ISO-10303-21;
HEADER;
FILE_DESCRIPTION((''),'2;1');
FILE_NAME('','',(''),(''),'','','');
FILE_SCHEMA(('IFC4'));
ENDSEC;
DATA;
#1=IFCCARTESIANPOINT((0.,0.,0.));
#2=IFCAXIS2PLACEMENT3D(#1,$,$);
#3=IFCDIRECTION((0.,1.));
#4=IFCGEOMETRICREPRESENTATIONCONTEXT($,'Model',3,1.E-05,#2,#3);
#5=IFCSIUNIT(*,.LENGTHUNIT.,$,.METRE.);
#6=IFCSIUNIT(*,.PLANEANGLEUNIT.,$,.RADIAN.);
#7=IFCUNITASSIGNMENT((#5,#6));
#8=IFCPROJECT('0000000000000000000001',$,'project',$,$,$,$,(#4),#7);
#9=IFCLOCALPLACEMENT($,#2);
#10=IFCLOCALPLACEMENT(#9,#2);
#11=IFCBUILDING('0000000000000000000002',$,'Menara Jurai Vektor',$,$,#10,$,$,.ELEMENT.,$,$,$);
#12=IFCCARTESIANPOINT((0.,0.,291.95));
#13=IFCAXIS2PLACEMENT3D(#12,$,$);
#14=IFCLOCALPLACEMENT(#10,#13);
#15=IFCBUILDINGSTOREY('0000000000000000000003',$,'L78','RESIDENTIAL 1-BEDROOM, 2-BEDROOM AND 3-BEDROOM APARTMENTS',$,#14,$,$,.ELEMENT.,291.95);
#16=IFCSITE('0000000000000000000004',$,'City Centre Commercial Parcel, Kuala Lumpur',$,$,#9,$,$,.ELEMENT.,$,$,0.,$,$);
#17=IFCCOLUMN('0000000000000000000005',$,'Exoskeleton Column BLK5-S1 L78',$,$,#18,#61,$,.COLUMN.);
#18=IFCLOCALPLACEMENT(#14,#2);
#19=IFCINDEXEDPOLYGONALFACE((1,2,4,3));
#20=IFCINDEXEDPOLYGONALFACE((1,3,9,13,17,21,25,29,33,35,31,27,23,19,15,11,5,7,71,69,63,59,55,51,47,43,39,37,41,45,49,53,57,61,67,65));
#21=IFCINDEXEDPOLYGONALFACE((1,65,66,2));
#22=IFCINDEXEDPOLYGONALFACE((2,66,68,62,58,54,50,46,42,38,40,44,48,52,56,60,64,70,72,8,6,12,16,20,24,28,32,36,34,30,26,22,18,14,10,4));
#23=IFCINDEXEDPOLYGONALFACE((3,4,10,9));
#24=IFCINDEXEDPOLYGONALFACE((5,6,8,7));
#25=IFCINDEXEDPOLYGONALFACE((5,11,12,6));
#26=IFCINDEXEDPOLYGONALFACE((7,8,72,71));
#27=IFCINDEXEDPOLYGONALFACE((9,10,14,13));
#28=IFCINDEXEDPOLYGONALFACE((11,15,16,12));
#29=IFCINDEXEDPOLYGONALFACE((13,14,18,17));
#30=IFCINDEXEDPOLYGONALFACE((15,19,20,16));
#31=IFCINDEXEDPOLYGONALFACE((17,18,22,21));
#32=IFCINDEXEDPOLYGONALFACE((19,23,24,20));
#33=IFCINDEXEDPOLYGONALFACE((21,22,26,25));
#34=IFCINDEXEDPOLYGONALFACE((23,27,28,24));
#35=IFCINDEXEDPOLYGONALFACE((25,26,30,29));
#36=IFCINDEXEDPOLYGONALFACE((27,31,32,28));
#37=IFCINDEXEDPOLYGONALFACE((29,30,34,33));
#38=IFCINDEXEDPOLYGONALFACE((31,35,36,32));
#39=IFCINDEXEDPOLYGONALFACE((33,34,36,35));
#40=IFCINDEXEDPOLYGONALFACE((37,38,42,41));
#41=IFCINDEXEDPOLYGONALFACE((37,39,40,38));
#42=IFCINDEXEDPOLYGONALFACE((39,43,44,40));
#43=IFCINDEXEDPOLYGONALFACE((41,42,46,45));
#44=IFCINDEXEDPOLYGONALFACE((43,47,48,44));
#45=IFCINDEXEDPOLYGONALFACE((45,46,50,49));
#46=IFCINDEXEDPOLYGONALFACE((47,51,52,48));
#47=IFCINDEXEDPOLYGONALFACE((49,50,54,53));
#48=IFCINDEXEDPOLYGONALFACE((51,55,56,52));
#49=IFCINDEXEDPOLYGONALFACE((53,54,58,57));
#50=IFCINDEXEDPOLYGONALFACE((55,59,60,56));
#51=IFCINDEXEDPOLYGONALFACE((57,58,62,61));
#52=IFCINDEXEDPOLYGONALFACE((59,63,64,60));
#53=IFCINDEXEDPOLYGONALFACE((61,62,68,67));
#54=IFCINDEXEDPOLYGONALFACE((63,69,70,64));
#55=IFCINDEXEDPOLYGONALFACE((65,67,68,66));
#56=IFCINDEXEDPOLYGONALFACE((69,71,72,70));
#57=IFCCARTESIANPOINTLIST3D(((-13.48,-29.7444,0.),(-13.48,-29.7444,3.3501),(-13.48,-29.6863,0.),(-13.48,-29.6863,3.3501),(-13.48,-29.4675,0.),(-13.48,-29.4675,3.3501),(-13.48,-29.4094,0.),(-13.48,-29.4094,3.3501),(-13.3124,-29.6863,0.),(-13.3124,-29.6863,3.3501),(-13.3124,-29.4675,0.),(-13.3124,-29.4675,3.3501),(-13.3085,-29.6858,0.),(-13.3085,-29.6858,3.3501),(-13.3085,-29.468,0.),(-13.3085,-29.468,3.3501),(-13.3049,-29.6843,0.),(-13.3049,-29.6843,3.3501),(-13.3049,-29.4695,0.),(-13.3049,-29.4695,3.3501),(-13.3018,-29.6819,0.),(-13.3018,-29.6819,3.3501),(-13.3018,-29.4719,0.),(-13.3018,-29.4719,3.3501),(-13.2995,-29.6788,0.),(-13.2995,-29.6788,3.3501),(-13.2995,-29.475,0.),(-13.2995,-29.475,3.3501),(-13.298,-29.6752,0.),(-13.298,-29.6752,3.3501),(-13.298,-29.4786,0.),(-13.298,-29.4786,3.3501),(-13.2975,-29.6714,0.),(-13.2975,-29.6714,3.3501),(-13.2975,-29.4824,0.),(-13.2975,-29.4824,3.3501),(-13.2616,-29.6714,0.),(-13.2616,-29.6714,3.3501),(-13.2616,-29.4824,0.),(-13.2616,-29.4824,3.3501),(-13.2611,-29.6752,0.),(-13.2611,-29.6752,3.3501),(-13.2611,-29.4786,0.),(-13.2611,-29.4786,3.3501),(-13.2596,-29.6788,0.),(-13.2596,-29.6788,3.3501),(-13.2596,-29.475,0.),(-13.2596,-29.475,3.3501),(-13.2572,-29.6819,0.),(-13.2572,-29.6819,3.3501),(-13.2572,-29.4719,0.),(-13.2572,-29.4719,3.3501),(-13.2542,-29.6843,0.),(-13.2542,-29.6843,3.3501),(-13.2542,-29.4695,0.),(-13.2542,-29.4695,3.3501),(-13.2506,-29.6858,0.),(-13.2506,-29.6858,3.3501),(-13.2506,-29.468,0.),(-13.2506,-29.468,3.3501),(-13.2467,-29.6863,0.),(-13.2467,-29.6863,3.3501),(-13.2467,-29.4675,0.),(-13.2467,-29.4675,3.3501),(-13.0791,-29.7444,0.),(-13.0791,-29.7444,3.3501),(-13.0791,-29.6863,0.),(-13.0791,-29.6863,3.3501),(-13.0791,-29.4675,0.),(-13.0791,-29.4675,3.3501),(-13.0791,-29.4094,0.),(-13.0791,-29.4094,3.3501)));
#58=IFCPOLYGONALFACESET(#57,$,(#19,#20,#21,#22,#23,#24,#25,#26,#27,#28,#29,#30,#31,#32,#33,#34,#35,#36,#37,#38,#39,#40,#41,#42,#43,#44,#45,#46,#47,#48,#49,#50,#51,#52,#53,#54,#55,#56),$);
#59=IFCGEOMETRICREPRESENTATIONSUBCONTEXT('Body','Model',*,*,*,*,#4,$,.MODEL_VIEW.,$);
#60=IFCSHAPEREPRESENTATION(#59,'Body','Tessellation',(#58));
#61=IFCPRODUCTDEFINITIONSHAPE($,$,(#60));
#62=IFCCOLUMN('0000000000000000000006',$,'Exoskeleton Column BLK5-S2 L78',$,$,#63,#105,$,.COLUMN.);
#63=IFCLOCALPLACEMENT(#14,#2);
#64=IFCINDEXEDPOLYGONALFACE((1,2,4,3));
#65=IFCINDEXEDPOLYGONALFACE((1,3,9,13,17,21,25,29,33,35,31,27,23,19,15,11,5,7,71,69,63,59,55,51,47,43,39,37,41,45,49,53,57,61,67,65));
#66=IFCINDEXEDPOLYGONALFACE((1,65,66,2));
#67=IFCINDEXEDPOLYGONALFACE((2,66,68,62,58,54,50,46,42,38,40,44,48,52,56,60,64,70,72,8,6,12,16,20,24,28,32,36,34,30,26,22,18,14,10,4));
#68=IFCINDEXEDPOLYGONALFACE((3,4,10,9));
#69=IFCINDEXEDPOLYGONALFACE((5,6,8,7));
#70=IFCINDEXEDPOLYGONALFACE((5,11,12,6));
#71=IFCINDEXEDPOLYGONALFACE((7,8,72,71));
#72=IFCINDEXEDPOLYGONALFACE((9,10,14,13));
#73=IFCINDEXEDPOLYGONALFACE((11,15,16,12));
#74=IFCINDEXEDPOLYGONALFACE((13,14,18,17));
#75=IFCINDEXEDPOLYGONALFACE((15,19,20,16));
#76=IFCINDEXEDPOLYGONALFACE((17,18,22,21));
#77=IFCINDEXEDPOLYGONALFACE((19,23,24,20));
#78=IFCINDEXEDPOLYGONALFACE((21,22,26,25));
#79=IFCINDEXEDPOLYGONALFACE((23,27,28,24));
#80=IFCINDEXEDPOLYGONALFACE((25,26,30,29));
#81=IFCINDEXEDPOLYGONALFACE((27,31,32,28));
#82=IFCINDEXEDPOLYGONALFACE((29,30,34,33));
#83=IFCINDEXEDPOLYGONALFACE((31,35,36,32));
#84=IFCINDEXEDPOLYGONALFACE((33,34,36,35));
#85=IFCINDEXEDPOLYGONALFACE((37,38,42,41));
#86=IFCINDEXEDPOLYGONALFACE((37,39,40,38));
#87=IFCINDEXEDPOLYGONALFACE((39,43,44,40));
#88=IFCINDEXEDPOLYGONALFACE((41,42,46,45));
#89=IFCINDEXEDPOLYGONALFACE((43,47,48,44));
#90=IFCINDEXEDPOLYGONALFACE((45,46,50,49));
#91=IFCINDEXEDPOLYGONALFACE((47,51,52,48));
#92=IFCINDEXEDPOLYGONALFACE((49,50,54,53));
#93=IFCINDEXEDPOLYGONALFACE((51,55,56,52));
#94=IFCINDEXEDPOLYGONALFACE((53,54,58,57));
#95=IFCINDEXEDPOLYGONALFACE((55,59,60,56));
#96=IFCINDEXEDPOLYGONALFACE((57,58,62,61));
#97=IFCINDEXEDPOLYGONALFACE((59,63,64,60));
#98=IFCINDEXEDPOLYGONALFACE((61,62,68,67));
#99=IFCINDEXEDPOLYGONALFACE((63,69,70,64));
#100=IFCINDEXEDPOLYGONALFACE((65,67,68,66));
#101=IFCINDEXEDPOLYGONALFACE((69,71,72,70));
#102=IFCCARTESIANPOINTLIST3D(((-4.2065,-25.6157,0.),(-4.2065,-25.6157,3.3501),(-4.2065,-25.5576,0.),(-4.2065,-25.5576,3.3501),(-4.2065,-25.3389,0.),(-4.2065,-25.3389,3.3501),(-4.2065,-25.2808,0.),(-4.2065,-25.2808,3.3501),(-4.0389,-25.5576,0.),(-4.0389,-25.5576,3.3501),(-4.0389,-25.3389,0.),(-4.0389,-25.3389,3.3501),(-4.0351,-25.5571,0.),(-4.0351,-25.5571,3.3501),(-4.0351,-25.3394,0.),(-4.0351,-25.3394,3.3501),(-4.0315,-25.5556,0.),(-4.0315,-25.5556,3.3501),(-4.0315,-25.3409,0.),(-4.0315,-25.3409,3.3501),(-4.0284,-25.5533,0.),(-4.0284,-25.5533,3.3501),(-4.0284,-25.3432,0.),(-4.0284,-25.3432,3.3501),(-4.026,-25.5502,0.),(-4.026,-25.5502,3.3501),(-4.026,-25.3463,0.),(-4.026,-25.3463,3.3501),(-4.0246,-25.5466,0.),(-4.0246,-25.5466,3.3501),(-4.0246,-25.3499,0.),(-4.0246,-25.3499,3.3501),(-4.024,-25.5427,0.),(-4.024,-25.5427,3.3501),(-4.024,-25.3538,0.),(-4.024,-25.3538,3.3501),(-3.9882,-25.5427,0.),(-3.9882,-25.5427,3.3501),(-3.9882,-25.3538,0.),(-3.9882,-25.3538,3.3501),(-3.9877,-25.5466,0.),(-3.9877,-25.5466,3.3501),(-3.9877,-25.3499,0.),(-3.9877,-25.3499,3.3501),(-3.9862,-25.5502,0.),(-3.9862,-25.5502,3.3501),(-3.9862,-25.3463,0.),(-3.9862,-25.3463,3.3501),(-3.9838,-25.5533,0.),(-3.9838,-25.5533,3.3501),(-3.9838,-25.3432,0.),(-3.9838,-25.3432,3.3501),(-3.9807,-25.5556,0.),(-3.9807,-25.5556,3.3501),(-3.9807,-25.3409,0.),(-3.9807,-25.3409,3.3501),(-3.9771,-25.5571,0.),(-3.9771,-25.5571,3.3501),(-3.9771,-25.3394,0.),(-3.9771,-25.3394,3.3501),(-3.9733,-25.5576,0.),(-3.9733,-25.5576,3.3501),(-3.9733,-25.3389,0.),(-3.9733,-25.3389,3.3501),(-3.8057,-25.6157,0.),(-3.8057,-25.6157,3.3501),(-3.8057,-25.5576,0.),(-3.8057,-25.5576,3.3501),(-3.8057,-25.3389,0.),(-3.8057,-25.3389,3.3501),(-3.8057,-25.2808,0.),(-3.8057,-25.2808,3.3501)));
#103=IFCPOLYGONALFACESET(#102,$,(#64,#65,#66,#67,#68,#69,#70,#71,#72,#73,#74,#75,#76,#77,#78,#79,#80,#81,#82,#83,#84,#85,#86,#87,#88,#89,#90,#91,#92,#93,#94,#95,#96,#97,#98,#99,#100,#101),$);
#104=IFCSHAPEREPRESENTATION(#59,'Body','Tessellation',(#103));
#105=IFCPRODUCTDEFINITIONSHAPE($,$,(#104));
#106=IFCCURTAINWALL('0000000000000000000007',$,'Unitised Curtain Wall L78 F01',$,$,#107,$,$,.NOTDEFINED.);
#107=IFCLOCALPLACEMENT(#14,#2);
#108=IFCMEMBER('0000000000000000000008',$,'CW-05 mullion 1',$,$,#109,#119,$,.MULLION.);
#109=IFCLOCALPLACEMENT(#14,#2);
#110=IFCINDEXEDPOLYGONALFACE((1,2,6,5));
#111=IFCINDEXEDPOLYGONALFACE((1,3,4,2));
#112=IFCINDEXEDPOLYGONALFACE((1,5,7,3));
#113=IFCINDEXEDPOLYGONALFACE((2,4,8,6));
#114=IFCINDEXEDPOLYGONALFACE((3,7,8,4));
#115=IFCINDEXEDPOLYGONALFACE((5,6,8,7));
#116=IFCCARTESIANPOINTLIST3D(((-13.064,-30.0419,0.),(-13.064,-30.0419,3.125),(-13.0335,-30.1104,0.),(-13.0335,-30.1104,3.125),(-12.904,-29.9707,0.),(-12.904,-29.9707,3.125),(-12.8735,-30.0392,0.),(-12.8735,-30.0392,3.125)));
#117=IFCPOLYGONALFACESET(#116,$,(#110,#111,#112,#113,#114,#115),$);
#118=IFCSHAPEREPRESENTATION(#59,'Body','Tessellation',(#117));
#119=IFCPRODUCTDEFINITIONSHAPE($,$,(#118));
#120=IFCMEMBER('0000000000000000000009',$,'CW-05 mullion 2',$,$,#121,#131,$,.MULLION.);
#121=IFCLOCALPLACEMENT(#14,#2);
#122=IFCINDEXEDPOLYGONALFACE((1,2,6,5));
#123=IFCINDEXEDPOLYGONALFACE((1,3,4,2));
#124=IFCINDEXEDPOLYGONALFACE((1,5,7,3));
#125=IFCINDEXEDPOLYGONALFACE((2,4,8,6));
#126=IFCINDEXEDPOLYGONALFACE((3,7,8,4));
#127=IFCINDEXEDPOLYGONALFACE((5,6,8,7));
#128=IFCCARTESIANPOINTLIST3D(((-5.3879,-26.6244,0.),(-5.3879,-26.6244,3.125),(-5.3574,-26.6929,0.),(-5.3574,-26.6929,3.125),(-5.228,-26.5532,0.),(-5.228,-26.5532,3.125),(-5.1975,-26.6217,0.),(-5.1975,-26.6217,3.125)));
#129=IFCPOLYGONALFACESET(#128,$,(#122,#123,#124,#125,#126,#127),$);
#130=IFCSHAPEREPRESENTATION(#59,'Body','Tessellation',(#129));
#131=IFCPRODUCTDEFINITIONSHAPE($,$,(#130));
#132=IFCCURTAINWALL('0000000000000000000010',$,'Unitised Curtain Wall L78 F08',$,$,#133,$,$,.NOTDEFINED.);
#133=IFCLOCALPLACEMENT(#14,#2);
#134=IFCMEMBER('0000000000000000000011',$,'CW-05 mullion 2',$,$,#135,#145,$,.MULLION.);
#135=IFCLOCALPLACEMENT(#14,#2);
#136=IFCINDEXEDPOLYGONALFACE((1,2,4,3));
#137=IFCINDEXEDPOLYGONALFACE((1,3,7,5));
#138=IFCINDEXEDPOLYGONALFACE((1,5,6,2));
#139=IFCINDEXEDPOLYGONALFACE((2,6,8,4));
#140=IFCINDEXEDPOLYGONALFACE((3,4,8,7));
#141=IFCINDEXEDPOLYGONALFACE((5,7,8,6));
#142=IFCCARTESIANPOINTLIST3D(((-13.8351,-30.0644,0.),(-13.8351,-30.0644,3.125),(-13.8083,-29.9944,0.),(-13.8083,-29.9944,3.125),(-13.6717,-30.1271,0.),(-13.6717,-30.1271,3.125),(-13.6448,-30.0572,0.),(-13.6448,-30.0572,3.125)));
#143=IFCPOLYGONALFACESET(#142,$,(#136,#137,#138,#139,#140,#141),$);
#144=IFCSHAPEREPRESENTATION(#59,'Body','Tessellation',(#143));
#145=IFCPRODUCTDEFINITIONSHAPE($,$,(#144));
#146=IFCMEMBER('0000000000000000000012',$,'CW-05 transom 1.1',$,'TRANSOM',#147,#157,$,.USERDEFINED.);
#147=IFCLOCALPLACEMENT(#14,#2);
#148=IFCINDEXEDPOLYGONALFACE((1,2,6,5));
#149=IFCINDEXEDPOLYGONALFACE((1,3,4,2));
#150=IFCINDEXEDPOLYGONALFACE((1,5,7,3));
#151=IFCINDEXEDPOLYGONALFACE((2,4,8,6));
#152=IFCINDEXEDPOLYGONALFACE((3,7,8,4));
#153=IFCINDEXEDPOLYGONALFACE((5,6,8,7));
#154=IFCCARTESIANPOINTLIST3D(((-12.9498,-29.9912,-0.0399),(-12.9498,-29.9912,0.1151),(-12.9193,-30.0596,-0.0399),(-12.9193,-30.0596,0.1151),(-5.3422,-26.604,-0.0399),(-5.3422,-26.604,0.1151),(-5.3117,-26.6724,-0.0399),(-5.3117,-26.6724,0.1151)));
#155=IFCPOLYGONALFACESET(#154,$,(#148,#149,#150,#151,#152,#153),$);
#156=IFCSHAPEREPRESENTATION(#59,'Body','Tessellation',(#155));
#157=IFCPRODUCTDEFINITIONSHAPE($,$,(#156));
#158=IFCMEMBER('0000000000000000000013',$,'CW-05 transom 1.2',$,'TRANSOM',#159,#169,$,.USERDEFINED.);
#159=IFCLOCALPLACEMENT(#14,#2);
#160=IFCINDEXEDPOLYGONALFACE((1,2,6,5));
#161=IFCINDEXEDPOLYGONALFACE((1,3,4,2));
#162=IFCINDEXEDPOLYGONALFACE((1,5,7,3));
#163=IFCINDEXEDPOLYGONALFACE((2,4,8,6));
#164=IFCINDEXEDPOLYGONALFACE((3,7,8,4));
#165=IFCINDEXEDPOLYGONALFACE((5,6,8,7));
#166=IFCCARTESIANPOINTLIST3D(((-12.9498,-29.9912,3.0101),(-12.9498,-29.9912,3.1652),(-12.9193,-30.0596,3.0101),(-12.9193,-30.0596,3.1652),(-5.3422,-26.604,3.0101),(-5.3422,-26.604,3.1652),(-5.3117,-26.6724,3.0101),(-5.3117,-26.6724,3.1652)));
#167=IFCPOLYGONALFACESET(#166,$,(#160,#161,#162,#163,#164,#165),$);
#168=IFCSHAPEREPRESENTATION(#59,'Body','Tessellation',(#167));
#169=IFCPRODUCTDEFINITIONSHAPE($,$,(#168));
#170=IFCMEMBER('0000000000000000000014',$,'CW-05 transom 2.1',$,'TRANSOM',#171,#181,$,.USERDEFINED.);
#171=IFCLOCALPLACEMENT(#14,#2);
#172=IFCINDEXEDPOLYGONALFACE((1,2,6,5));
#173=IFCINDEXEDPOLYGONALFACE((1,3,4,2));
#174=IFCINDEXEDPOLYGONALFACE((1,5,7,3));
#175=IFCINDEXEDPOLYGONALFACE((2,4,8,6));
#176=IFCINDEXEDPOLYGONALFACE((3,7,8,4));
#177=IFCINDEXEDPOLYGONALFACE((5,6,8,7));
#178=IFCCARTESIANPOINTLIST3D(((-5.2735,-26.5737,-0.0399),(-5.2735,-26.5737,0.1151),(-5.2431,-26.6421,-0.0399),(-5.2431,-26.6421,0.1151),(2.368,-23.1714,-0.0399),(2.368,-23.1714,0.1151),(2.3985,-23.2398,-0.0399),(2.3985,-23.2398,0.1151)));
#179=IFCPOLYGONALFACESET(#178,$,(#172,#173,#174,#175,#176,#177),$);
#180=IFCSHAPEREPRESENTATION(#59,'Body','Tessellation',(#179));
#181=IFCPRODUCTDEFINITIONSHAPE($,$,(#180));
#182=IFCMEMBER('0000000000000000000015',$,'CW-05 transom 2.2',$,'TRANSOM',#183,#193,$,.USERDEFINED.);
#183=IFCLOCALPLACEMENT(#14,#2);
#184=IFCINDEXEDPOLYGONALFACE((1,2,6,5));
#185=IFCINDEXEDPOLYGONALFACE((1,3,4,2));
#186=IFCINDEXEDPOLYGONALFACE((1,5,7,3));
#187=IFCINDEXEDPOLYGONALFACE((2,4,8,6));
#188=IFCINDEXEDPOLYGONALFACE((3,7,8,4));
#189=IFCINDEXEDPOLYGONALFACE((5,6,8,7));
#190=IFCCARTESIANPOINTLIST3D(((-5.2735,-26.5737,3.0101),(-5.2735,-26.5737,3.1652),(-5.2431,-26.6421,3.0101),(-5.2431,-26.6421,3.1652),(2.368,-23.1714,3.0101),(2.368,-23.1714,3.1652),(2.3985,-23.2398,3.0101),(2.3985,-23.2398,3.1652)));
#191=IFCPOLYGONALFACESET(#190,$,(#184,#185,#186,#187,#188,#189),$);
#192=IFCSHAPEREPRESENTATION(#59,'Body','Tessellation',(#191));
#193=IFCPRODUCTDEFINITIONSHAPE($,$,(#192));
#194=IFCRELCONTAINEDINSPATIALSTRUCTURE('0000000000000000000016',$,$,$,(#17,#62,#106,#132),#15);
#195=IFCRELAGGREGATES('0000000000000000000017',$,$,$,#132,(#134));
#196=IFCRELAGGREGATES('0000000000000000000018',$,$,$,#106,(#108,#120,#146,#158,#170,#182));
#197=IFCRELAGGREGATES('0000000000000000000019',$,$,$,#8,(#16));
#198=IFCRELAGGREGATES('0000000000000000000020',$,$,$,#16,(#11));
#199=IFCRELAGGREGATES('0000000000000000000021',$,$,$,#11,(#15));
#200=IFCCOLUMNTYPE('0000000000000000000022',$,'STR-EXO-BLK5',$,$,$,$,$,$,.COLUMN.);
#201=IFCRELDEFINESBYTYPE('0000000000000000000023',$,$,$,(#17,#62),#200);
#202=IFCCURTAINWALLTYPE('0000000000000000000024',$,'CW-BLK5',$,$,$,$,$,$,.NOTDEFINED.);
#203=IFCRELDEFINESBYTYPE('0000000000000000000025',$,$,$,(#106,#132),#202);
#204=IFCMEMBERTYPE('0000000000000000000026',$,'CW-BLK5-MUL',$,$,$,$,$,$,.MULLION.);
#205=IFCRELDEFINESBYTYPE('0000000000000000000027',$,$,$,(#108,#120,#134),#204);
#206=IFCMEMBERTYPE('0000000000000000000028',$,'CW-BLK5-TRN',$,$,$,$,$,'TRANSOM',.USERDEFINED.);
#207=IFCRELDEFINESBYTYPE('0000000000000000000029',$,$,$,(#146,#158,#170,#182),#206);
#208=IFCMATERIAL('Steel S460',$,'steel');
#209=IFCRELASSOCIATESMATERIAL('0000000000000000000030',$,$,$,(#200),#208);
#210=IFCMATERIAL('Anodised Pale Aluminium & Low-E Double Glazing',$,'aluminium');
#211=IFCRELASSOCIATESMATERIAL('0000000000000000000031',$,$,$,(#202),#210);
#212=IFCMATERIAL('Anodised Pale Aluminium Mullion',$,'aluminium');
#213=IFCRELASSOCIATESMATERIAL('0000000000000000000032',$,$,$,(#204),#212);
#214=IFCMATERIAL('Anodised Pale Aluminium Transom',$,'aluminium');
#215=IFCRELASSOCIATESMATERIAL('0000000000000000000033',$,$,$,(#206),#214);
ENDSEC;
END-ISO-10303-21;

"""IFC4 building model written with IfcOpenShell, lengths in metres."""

from ifc_helpers import new_model, si_unit, direction, frame, origin, origin_2d, place, context, subcontext, project, spatial, rectangle, i_section, extrude, material, material_profile, profile_set, type_object, element, aggregate, save


model = new_model("IFC4")

# Units and contexts
model_context = context("Model", 3, precision=1e-05, world=origin(), true_north=direction((0.0, 1.0)))
body_context = subcontext(model_context, "Body", "Model", "MODEL_VIEW")
ifc_project = project(units=[si_unit("LENGTHUNIT", "METRE"), si_unit("PLANEANGLEUNIT", "RADIAN")], contexts=[model_context])

# Site, building, storey
site_placement = place(None, origin())
site = spatial("IfcSite", under=ifc_project, at=site_placement, Name="City Centre Commercial Parcel, Kuala Lumpur", CompositionType="ELEMENT", RefElevation=0.0)
building_placement = place(site_placement, origin())
building = spatial("IfcBuilding", under=site, at=building_placement, Name="Menara Jurai Vektor", CompositionType="ELEMENT")
storey_placement = place(building_placement, frame((0.0, 0.0, 291.95)))
storey = spatial("IfcBuildingStorey", under=building, at=storey_placement, Name="L78", Description="RESIDENTIAL 1-BEDROOM, 2-BEDROOM AND 3-BEDROOM APARTMENTS", CompositionType="ELEMENT", Elevation=291.95)

# Columns
ifc_material_1 = material(Name="Steel S460", Category="steel")
ifc_material_profile_1 = material_profile(ifc_material_1, i_section(OverallWidth=0.4009, OverallDepth=0.335, WebThickness=0.0359, FlangeThickness=0.0581, FilletRadius=0.0149, at=origin_2d()), Name="HD 400x463")
ifc_profile_set_1 = profile_set([ifc_material_profile_1], Name="Steel S460")
column_type = type_object("IfcColumnType", Name="STR-EXO-BLK5", PredefinedType="COLUMN", material=ifc_profile_set_1)
for number, where, z_axis, x_axis, name in (
    (1, (-13.2795, -29.5769, 0.0), (0.0, 0.0, 1.0), (1.0, 0.0, 0.0), "Exoskeleton Column BLK5-S1 L78"),
    (2, (-4.0061, -25.4482, 0.0), (0.0, 0.0, 1.0), (1.0, 0.0, 0.0), "Exoskeleton Column BLK5-S2 L78"),
):
    element("IfcColumn", number, at=place(storey_placement, frame(where, z_axis=z_axis, x_axis=x_axis)), inside=storey, type_object=column_type, Name=name, PredefinedType="COLUMN", context=body_context, shape_type="SweptSolid", body=[
        extrude(i_section(OverallWidth=0.4009, OverallDepth=0.335, WebThickness=0.0359, FlangeThickness=0.0581, FilletRadius=0.0149, at=origin_2d()), origin(), (0.0, 0.0, 1.0), 3.3501),
    ])

# Curtain wall, members
ifc_material_2 = material(Name="Anodised Pale Aluminium & Low-E Double Glazing", Category="aluminium")
curtain_wall_type = type_object("IfcCurtainWallType", Name="CW-BLK5", PredefinedType="NOTDEFINED", material=ifc_material_2)
curtain_wall_1_placement = place(storey_placement, origin())
curtain_wall_1 = element("IfcCurtainWall", 3, at=curtain_wall_1_placement, inside=storey, type_object=curtain_wall_type, Name="Unitised Curtain Wall L78 F01", PredefinedType="NOTDEFINED")
ifc_material_3 = material(Name="Anodised Pale Aluminium Mullion", Category="aluminium")
ifc_material_profile_2 = material_profile(ifc_material_3, rectangle(XDim=0.075, YDim=0.175, at=origin_2d()), Name="ALU MUL 75x175")
ifc_profile_set_2 = profile_set([ifc_material_profile_2], Name="Anodised Pale Aluminium Mullion")
member_type_1 = type_object("IfcMemberType", Name="CW-BLK5-MUL", PredefinedType="MULLION", material=ifc_profile_set_2)
member_1_placement = place(storey_placement, frame((-12.9688, -30.0405, 0.0), z_axis=(0.0, 0.0, 1.0), x_axis=(-0.406735, 0.913546, 0.0)))
member_1 = element("IfcMember", 4, at=member_1_placement, type_object=member_type_1, Name="CW-05 mullion 1", PredefinedType="MULLION", context=body_context, shape_type="SweptSolid", body=[
    extrude(rectangle(XDim=0.075, YDim=0.175, at=origin_2d()), origin(), (0.0, 0.0, 1.0), 3.125),
])
member_2_placement = place(storey_placement, frame((-5.2927, -26.623, 0.0), z_axis=(0.0, 0.0, 1.0), x_axis=(-0.406735, 0.913546, 0.0)))
member_2 = element("IfcMember", 5, at=member_2_placement, type_object=member_type_1, Name="CW-05 mullion 2", PredefinedType="MULLION", context=body_context, shape_type="SweptSolid", body=[
    extrude(rectangle(XDim=0.075, YDim=0.175, at=origin_2d()), origin(), (0.0, 0.0, 1.0), 3.125),
])

# Curtain wall, member
curtain_wall_2_placement = place(storey_placement, origin())
curtain_wall_2 = element("IfcCurtainWall", 6, at=curtain_wall_2_placement, inside=storey, type_object=curtain_wall_type, Name="Unitised Curtain Wall L78 F08", PredefinedType="NOTDEFINED")
member_3_placement = place(storey_placement, frame((-13.74, -30.0608, 0.0), z_axis=(0.0, 0.0, 1.0), x_axis=(0.358374, 0.933578, 0.0)))
member_3 = element("IfcMember", 7, at=member_3_placement, type_object=member_type_1, Name="CW-05 mullion 2", PredefinedType="MULLION", context=body_context, shape_type="SweptSolid", body=[
    extrude(rectangle(XDim=0.075, YDim=0.175, at=origin_2d()), origin(), (0.0, 0.0, 1.0), 3.125),
])
aggregate(curtain_wall_2, [member_3])

# Members
ifc_material_4 = material(Name="Anodised Pale Aluminium Transom", Category="aluminium")
ifc_material_profile_3 = material_profile(ifc_material_4, rectangle(XDim=0.075, YDim=0.155, at=origin_2d()), Name="ALU TRN 75x155")
ifc_profile_set_3 = profile_set([ifc_material_profile_3], Name="Anodised Pale Aluminium Transom")
member_type_2 = type_object("IfcMemberType", Name="CW-BLK5-TRN", ElementType="TRANSOM", PredefinedType="USERDEFINED", material=ifc_profile_set_3)
member_4_placement = place(storey_placement, frame((-12.9346, -30.0254, 0.0376), z_axis=(0.913543, 0.406742, 0.0), x_axis=(-0.406742, 0.913543, 0.0)))
member_4 = element("IfcMember", 8, at=member_4_placement, type_object=member_type_2, Name="CW-05 transom 1.1", ObjectType="TRANSOM", PredefinedType="USERDEFINED", context=body_context, shape_type="SweptSolid", body=[
    extrude(rectangle(XDim=0.075, YDim=0.155, at=origin_2d()), origin(), (0.0, 0.0, 1.0), 8.3276),
])
member_5_placement = place(storey_placement, frame((-12.9346, -30.0254, 3.0876), z_axis=(0.913543, 0.406742, 0.0), x_axis=(-0.406742, 0.913543, 0.0)))
member_5 = element("IfcMember", 9, at=member_5_placement, type_object=member_type_2, Name="CW-05 transom 1.2", ObjectType="TRANSOM", PredefinedType="USERDEFINED", context=body_context, shape_type="SweptSolid", body=[
    extrude(rectangle(XDim=0.075, YDim=0.155, at=origin_2d()), origin(), (0.0, 0.0, 1.0), 8.3276),
])
member_6_placement = place(storey_placement, frame((-5.2583, -26.6079, 0.0376), z_axis=(0.913542, 0.406745, 0.0), x_axis=(-0.406745, 0.913542, 0.0)))
member_6 = element("IfcMember", 10, at=member_6_placement, type_object=member_type_2, Name="CW-05 transom 2.1", ObjectType="TRANSOM", PredefinedType="USERDEFINED", context=body_context, shape_type="SweptSolid", body=[
    extrude(rectangle(XDim=0.075, YDim=0.155, at=origin_2d()), origin(), (0.0, 0.0, 1.0), 8.3647),
])
member_7_placement = place(storey_placement, frame((-5.2583, -26.6079, 3.0876), z_axis=(0.913542, 0.406745, 0.0), x_axis=(-0.406745, 0.913542, 0.0)))
member_7 = element("IfcMember", 11, at=member_7_placement, type_object=member_type_2, Name="CW-05 transom 2.2", ObjectType="TRANSOM", PredefinedType="USERDEFINED", context=body_context, shape_type="SweptSolid", body=[
    extrude(rectangle(XDim=0.075, YDim=0.155, at=origin_2d()), origin(), (0.0, 0.0, 1.0), 8.3647),
])

aggregate(curtain_wall_1, [member_1, member_2, member_4, member_5, member_6, member_7])

save(model, "model.ifc")
